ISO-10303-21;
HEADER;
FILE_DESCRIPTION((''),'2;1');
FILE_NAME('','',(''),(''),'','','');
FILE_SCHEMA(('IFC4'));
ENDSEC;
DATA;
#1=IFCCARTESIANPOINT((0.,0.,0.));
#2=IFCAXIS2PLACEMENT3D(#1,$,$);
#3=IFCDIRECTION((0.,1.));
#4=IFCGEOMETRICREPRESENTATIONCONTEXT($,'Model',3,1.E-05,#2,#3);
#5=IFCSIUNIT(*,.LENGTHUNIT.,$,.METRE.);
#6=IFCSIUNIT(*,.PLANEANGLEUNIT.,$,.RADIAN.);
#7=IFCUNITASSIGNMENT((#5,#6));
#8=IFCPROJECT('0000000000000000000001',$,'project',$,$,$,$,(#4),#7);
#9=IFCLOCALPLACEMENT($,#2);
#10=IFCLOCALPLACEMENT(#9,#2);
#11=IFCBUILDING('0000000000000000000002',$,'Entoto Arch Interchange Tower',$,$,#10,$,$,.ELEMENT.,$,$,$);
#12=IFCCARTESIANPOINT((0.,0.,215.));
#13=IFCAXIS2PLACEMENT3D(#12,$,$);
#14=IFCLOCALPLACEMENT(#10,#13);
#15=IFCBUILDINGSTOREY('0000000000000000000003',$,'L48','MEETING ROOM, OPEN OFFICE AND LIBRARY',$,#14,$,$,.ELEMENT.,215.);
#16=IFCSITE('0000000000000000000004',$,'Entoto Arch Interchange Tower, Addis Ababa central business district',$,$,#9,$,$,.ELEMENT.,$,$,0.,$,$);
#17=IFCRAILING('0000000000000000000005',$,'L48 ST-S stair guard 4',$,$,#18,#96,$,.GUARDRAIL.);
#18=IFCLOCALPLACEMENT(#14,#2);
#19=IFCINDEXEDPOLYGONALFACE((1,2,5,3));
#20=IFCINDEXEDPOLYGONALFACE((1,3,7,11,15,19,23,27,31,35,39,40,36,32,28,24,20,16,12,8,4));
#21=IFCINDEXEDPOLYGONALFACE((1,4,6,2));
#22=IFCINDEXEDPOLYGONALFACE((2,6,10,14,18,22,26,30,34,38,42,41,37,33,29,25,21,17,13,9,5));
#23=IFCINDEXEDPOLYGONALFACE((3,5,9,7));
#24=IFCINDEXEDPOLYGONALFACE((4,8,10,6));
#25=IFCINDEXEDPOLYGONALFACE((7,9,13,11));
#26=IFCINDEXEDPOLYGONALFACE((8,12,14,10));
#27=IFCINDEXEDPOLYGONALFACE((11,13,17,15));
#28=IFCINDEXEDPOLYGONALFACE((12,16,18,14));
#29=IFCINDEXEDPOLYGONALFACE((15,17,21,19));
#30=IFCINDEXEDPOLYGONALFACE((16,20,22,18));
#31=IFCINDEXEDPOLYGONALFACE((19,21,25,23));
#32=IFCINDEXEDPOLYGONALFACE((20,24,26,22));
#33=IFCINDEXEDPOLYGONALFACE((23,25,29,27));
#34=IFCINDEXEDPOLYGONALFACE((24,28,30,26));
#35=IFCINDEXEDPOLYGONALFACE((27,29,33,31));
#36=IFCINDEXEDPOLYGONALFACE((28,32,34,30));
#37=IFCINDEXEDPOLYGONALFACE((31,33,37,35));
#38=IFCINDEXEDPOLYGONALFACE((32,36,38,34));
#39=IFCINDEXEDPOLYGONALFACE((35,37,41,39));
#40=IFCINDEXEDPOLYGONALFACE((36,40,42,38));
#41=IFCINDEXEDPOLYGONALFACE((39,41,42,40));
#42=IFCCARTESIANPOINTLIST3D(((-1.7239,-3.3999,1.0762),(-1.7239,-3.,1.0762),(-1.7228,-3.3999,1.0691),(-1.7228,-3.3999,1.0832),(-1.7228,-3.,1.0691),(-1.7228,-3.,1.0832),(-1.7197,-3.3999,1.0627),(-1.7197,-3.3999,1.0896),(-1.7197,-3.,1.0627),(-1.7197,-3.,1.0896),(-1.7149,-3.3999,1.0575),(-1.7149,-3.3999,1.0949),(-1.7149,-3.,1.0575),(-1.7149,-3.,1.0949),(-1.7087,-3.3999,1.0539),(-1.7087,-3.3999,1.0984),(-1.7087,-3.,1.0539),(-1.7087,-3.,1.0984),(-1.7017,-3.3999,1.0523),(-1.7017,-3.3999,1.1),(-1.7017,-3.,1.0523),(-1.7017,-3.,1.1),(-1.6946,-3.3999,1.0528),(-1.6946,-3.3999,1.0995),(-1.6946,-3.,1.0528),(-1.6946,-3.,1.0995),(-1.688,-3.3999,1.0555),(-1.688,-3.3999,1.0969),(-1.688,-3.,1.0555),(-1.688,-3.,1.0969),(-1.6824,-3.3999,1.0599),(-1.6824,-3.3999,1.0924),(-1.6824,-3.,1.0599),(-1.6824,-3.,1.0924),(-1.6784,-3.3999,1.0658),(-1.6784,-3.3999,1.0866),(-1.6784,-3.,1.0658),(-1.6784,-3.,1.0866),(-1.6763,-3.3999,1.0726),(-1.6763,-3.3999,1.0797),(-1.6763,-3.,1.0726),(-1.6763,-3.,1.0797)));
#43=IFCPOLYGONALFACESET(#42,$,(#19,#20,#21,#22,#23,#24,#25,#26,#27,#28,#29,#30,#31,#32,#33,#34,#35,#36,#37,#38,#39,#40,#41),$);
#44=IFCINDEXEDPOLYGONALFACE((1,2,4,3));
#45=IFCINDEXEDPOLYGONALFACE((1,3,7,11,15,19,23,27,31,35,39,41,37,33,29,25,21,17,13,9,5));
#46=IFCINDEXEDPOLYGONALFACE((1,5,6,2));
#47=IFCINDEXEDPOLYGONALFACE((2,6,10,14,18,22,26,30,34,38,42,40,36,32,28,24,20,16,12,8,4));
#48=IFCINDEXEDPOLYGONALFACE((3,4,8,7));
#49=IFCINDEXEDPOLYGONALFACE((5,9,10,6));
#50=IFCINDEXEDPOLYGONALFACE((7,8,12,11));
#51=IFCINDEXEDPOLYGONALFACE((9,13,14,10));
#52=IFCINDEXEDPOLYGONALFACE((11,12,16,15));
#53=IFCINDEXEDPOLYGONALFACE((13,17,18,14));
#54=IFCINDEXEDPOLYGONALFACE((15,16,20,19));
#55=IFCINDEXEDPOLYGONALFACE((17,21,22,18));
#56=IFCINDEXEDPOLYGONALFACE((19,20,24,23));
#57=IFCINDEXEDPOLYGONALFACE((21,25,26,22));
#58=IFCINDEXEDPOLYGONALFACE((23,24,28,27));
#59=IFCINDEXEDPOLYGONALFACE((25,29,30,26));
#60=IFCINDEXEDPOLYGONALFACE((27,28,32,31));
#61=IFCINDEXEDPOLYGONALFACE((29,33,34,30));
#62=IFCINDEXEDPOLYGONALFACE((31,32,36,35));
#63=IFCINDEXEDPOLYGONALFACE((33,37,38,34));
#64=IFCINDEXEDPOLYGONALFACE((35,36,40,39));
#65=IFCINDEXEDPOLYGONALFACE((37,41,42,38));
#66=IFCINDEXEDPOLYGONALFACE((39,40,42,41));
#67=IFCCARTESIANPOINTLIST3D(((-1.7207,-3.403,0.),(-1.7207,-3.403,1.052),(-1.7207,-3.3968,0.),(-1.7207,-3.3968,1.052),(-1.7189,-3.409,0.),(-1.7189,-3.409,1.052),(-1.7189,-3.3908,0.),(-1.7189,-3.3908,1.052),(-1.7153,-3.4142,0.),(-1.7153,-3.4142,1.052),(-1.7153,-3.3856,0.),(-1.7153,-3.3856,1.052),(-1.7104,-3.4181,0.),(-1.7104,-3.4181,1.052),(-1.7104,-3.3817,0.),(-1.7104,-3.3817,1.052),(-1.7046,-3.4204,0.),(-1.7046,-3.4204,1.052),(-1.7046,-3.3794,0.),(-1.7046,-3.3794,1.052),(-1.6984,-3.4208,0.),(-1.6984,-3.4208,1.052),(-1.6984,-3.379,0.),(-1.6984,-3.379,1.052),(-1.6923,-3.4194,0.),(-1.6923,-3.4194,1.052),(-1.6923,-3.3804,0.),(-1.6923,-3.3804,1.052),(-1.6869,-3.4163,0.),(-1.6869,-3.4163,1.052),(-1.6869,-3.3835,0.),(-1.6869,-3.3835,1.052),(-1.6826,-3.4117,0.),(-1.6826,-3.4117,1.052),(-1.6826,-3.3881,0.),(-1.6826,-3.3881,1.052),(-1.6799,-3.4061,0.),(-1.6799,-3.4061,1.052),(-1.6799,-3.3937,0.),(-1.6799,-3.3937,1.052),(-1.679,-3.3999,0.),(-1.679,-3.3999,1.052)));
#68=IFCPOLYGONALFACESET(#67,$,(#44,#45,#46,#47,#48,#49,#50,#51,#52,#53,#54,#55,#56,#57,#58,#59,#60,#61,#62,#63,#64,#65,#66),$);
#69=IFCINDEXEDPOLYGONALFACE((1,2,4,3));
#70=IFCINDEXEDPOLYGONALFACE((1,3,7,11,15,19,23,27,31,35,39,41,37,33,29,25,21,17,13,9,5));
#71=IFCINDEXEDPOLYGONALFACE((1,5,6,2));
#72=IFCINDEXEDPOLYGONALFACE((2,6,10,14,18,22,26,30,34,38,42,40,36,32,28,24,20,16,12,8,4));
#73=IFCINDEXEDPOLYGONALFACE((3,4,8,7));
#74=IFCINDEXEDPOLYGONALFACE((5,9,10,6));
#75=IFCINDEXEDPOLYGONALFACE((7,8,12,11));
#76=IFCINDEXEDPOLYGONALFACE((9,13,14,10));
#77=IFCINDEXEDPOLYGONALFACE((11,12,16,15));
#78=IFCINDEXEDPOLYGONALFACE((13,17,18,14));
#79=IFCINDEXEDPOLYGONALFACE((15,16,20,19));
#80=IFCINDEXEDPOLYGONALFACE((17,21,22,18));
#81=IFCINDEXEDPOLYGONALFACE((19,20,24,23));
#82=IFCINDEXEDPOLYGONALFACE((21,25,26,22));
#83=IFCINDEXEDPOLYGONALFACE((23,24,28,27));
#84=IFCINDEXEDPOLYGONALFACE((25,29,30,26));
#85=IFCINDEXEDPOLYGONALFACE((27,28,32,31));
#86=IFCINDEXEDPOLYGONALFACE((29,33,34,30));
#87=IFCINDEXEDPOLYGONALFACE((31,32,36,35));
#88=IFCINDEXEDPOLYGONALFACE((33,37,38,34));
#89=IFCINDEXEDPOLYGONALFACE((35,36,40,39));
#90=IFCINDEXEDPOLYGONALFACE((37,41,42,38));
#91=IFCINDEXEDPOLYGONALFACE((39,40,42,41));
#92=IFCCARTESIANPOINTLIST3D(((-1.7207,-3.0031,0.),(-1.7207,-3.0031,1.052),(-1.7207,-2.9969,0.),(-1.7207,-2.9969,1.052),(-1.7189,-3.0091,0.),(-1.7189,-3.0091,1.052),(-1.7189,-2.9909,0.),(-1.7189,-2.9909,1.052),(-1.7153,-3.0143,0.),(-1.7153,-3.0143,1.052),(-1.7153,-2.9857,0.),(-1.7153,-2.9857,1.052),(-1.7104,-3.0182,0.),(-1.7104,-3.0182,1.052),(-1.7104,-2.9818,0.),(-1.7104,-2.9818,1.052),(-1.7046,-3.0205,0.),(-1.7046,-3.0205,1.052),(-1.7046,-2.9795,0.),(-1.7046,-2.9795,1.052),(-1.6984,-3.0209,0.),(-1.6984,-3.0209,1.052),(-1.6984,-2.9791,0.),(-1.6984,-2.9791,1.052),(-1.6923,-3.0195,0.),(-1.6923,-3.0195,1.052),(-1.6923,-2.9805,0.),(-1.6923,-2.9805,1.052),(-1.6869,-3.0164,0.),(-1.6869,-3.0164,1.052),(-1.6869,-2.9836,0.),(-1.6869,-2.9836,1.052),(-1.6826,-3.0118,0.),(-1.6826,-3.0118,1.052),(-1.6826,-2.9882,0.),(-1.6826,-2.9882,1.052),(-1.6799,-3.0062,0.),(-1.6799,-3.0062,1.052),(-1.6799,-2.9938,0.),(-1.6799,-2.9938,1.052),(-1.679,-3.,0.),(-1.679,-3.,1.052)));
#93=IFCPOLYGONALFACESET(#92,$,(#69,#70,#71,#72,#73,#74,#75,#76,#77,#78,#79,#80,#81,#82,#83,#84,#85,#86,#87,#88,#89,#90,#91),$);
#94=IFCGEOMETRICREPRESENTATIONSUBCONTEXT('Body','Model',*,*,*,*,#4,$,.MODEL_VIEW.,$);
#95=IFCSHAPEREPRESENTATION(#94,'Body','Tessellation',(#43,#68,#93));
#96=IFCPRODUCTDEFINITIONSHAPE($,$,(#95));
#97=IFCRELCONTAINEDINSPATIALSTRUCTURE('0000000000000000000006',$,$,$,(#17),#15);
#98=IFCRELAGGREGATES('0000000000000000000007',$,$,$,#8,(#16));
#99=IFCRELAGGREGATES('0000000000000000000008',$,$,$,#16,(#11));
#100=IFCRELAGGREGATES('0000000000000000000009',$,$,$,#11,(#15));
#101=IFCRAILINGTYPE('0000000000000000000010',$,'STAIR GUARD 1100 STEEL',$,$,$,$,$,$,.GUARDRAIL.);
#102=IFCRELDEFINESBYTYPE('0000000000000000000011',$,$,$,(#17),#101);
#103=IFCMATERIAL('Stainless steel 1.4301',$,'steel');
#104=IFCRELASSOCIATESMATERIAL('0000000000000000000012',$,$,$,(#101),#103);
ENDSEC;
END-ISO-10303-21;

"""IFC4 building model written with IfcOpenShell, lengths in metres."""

from ifc_helpers import new_model, si_unit, direction, frame, origin, origin_2d, place, context, subcontext, project, spatial, circle, extrude, material, type_object, element, save


model = new_model("IFC4")

# Units and contexts
model_context = context("Model", 3, precision=1e-05, world=origin(), true_north=direction((0.0, 1.0)))
body_context = subcontext(model_context, "Body", "Model", "MODEL_VIEW")
ifc_project = project(units=[si_unit("LENGTHUNIT", "METRE"), si_unit("PLANEANGLEUNIT", "RADIAN")], contexts=[model_context])

# Site, building, storey
site_placement = place(None, origin())
site = spatial("IfcSite", under=ifc_project, at=site_placement, Name="Entoto Arch Interchange Tower, Addis Ababa central business district", CompositionType="ELEMENT", RefElevation=0.0)
building_placement = place(site_placement, origin())
building = spatial("IfcBuilding", under=site, at=building_placement, Name="Entoto Arch Interchange Tower", CompositionType="ELEMENT")
storey_placement = place(building_placement, frame((0.0, 0.0, 215.0)))
storey = spatial("IfcBuildingStorey", under=building, at=storey_placement, Name="L48", Description="MEETING ROOM, OPEN OFFICE AND LIBRARY", CompositionType="ELEMENT", Elevation=215.0)

# Railing
ifc_material_1 = material(Name="Stainless steel 1.4301", Category="steel")
railing_type_1 = type_object("IfcRailingType", Name="STAIR GUARD 1100 STEEL", PredefinedType="GUARDRAIL", material=ifc_material_1)
railing_1_placement = place(storey_placement, frame((-1.7, -3.3999, 0.0)))
element("IfcRailing", 1, at=railing_1_placement, inside=storey, type_object=railing_type_1, Name="L48 ST-S stair guard 4", PredefinedType="GUARDRAIL", context=body_context, shape_type="SweptSolid", body=[
    extrude(circle(Radius=0.0239, at=origin_2d()), frame((0.0, 0.0, 1.0762), z_axis=(0.0, 1.0, 0.0), x_axis=(-1.0, 0.0, 0.0)), (0.0, 0.0, 1.0), 0.3999),
    extrude(circle(Radius=0.021, at=origin_2d()), origin(), (0.0, 0.0, 1.0), 1.052),
    extrude(circle(Radius=0.021, at=origin_2d()), frame((0.0, 0.3999, 0.0)), (0.0, 0.0, 1.0), 1.052),
])

save(model, "model.ifc")
